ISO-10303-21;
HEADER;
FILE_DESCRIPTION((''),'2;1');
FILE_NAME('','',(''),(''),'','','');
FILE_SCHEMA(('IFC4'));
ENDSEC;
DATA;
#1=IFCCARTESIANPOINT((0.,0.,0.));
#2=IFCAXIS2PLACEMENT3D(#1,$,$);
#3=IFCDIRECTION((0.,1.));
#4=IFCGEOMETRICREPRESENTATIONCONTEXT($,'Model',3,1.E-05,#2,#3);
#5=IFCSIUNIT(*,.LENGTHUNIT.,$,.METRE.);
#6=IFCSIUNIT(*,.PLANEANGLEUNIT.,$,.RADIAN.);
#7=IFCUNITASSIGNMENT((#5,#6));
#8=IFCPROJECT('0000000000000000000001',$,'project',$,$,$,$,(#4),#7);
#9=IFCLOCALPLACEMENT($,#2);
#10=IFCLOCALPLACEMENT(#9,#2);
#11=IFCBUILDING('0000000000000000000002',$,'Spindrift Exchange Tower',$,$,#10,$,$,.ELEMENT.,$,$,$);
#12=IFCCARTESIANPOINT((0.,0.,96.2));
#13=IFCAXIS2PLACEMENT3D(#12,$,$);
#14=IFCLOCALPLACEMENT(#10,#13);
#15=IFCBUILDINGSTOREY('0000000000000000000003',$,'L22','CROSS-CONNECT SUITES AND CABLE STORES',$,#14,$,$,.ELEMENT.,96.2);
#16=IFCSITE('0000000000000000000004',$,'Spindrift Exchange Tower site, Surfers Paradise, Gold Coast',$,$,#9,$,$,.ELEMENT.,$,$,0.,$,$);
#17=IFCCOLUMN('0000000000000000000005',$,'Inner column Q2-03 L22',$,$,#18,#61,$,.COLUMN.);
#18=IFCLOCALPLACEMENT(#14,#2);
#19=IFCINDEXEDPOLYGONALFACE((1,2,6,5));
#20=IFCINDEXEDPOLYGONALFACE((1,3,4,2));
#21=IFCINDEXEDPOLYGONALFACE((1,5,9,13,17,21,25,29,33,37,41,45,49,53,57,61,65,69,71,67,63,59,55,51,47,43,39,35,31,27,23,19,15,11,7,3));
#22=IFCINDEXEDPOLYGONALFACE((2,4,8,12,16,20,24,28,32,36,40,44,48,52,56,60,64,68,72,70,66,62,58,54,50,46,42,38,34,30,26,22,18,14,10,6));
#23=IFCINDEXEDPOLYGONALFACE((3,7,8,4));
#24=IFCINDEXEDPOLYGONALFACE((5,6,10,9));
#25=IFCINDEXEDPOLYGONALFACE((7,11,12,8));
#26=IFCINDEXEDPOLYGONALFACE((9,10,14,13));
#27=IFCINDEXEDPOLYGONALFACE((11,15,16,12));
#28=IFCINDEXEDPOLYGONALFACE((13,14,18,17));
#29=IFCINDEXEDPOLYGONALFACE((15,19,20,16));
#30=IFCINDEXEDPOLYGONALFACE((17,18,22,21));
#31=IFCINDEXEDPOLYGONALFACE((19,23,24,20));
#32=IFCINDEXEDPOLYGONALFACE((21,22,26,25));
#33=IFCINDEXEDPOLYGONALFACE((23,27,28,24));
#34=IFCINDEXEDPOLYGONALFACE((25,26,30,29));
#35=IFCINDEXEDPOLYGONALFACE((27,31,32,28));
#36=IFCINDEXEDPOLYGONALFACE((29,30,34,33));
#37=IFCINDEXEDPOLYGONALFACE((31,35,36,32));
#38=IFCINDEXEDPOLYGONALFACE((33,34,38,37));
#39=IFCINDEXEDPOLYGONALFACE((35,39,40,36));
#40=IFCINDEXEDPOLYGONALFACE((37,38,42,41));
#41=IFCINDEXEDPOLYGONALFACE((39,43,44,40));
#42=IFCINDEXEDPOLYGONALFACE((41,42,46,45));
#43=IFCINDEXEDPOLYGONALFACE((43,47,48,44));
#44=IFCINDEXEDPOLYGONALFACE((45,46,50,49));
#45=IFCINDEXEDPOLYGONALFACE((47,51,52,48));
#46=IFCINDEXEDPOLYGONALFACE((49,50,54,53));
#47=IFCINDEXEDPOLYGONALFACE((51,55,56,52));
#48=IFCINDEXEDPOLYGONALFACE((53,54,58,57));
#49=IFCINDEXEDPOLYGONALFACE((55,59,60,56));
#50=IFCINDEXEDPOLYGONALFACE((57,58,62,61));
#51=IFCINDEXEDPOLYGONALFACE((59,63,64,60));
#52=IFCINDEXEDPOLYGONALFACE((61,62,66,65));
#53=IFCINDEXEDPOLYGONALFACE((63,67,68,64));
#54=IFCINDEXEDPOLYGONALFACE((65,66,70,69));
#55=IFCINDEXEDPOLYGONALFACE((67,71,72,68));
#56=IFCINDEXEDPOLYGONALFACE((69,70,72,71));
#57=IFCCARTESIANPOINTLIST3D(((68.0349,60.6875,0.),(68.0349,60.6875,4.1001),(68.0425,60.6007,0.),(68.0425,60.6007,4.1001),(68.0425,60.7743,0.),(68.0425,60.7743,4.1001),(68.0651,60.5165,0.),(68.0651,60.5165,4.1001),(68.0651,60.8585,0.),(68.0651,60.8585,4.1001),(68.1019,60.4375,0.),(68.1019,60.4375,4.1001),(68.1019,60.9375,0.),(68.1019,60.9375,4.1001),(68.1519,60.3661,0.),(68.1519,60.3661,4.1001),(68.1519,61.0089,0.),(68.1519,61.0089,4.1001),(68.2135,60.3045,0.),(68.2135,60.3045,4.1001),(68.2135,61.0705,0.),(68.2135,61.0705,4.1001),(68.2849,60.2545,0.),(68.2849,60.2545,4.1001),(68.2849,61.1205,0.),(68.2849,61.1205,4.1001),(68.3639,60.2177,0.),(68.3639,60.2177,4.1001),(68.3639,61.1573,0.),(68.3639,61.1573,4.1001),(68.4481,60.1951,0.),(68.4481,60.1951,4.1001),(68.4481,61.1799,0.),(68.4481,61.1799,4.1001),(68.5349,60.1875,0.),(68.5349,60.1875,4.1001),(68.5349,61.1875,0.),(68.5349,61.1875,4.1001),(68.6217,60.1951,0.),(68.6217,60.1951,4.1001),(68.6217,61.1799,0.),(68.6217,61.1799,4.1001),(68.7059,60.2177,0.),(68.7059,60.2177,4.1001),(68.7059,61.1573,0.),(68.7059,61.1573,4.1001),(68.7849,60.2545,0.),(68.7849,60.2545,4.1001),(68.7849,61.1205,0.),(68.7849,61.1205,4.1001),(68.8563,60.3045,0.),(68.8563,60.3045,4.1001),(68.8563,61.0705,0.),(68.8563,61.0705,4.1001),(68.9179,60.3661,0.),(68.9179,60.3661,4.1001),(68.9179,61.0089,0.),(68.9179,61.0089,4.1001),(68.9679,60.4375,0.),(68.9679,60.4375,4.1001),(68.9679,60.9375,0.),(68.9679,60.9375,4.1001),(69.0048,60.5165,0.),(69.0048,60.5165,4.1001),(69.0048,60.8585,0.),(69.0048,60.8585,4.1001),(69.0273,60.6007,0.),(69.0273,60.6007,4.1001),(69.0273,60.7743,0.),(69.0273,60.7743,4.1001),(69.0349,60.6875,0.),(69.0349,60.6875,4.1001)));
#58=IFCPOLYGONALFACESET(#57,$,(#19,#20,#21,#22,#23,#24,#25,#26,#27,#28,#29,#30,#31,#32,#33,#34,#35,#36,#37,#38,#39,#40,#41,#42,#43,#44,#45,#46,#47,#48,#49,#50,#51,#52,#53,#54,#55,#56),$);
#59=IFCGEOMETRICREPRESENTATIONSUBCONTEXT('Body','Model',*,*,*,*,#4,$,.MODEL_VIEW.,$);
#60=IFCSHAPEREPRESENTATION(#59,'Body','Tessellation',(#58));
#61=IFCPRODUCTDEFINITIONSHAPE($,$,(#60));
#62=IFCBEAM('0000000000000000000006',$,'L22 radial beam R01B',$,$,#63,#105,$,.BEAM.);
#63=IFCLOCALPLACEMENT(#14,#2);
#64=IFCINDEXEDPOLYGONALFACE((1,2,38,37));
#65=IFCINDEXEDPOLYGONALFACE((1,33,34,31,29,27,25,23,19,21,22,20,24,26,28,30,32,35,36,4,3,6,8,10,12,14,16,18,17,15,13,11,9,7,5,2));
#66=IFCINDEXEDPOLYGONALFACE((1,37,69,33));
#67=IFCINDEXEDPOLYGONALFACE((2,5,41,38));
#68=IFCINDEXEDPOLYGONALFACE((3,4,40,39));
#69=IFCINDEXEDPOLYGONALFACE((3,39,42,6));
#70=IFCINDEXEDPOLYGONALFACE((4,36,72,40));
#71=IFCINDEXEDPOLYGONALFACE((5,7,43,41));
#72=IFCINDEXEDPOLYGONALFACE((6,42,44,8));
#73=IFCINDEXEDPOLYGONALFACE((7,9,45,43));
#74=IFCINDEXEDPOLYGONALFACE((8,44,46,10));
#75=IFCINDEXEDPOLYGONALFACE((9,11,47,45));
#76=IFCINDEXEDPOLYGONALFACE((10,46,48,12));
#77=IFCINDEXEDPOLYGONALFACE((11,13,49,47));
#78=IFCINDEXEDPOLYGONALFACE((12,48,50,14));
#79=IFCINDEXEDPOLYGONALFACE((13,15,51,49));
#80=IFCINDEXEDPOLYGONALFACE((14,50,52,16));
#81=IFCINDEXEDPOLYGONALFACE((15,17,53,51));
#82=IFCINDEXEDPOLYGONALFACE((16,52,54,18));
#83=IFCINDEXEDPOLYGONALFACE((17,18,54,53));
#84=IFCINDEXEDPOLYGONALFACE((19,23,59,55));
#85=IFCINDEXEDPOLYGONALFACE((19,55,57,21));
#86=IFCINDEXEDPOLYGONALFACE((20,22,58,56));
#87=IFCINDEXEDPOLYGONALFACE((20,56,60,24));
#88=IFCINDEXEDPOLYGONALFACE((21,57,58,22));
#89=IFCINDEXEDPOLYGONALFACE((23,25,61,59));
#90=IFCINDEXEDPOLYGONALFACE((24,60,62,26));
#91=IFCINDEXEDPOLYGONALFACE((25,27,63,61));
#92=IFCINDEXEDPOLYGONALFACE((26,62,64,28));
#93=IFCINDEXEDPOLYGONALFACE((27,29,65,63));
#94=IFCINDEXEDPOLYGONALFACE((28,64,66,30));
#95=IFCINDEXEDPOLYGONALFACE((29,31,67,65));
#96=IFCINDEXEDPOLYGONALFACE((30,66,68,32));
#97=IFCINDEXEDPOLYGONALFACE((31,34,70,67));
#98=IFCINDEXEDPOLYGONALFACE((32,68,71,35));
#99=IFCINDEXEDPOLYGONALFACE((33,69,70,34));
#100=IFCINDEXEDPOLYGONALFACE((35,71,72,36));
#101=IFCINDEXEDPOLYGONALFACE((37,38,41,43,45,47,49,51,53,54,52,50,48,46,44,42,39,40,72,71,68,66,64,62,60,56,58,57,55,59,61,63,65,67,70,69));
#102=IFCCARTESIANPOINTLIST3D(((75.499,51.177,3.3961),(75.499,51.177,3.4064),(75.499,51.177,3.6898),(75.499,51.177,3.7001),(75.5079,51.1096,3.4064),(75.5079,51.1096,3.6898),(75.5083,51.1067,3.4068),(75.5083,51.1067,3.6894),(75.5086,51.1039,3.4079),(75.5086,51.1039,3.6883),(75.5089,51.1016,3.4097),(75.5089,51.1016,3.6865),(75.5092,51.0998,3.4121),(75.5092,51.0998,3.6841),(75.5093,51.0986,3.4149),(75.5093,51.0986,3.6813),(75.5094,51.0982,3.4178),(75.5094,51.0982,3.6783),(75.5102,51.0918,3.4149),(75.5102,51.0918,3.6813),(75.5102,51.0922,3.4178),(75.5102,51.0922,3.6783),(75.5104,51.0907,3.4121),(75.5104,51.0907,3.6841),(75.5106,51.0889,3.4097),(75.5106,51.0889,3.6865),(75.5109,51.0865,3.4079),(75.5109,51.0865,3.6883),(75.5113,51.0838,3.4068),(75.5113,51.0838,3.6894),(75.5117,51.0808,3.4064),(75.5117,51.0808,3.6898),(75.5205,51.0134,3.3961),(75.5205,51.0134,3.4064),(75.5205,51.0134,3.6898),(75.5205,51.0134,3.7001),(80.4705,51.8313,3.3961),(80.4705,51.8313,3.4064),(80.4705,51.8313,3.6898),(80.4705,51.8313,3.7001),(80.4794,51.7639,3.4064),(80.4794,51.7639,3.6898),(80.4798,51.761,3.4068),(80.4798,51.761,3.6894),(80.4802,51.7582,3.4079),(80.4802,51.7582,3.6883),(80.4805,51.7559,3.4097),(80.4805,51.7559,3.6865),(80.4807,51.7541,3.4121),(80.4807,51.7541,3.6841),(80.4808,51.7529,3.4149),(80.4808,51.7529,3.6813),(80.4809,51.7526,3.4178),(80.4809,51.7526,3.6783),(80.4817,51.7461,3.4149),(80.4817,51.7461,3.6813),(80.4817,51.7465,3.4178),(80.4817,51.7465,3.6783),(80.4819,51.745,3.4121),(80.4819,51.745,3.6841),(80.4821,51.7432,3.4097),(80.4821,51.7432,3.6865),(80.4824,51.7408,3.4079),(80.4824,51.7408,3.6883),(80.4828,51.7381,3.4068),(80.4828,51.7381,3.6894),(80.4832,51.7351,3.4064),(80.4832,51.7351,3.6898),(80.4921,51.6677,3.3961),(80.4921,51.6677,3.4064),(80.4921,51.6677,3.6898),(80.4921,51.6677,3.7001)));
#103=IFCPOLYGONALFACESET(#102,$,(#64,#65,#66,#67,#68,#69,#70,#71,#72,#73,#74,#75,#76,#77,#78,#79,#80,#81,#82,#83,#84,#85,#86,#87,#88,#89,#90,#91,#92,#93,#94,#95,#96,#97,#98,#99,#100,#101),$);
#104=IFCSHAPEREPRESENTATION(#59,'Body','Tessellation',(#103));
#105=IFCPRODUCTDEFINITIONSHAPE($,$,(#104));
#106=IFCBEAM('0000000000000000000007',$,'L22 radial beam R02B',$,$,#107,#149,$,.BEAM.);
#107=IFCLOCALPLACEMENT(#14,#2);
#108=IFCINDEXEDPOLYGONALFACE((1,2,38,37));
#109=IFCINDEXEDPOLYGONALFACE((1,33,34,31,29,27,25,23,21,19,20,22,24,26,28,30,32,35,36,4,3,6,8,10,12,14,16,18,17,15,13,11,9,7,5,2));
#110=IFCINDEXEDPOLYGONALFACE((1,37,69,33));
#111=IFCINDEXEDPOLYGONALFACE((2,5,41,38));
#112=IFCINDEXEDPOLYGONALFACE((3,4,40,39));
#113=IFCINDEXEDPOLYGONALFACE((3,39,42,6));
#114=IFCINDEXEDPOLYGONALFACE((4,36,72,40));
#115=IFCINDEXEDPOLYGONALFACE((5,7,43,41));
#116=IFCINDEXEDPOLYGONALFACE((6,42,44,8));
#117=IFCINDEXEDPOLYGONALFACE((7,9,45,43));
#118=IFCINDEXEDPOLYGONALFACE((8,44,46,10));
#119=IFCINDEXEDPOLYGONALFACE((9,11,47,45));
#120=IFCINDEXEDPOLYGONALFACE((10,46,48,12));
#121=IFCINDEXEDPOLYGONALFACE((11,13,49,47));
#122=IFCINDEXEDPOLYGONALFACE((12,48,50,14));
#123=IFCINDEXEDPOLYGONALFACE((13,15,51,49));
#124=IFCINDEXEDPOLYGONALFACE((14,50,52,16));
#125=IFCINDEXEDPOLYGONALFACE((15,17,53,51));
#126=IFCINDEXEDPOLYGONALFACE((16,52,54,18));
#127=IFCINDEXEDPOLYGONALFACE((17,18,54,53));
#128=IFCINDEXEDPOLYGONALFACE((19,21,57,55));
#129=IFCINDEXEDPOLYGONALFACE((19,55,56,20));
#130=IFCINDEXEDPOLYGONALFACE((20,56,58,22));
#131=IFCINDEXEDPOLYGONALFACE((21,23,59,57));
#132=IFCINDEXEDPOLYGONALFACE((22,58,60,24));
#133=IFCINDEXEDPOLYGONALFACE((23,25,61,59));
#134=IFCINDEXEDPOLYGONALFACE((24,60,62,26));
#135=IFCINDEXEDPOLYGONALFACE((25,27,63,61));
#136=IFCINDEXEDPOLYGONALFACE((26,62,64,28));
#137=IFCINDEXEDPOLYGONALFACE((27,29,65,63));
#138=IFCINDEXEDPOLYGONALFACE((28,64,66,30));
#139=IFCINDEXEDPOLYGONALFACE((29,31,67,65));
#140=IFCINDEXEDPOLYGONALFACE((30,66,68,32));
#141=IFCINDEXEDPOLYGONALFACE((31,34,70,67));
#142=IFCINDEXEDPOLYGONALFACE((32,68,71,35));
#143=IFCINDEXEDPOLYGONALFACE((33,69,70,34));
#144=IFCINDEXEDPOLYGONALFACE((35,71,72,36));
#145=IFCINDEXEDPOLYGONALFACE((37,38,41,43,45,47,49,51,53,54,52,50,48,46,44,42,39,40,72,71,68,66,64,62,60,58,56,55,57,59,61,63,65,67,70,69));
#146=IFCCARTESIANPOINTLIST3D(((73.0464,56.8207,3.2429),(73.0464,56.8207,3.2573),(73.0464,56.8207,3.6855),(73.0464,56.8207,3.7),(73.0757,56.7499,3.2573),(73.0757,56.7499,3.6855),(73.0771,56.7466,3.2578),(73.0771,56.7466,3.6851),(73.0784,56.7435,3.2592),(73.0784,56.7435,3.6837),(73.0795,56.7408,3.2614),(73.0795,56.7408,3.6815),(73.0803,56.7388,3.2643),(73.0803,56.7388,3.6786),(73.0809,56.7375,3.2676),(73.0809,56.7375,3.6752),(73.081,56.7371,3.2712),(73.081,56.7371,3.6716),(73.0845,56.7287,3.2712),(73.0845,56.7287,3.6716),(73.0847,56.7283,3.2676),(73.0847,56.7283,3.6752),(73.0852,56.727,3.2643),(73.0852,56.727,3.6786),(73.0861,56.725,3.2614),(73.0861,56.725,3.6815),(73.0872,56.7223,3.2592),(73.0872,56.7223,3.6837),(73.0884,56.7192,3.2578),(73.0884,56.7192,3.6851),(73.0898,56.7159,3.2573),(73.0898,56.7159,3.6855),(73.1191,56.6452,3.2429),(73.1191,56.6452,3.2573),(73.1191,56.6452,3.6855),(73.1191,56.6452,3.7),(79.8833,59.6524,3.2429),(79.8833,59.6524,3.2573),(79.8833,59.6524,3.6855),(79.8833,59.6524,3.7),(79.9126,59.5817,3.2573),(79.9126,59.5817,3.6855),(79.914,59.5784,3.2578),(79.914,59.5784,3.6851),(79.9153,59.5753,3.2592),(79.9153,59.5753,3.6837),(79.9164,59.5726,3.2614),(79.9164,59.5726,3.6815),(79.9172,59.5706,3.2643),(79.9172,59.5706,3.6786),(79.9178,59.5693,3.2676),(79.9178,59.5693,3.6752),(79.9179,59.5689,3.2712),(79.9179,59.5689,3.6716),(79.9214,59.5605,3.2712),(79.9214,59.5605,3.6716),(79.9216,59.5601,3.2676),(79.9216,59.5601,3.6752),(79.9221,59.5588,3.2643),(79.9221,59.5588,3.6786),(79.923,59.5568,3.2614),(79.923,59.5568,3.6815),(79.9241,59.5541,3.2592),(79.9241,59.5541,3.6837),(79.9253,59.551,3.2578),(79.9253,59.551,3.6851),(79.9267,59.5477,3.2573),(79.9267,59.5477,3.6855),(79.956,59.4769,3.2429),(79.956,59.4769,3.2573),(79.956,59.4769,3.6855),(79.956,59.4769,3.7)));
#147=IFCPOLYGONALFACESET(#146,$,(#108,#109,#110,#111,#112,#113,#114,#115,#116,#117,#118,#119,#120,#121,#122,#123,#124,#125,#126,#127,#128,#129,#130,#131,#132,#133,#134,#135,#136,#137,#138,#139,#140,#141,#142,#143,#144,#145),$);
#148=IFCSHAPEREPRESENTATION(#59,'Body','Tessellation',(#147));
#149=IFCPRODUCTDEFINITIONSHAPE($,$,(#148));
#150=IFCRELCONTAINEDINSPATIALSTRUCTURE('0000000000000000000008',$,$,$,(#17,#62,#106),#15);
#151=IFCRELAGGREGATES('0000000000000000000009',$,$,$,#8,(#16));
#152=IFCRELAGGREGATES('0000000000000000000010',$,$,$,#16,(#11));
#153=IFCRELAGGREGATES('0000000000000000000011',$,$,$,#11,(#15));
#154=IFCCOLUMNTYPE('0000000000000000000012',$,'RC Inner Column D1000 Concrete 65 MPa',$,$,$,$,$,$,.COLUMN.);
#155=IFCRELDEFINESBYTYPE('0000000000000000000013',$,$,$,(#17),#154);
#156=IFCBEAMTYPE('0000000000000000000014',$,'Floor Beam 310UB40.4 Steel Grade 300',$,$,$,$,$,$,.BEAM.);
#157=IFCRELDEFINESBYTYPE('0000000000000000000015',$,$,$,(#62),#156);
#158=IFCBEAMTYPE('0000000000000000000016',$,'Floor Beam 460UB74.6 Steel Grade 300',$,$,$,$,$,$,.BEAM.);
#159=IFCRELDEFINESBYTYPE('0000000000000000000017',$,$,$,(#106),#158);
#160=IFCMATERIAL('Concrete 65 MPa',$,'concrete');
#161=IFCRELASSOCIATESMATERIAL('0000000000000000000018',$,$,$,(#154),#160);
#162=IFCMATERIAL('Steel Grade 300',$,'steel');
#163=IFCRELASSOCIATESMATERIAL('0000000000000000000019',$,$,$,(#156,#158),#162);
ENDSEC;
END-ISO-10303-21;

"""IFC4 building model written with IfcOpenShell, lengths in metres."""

from ifc_helpers import new_model, si_unit, direction, frame, origin, origin_2d, place, context, subcontext, project, spatial, circle, i_section, extrude, source, transform, mapped, material, material_profile, profile_set, type_object, element, save


model = new_model("IFC4")

# Units and contexts
model_context = context("Model", 3, precision=1e-05, world=origin(), true_north=direction((0.0, 1.0)))
body_context = subcontext(model_context, "Body", "Model", "MODEL_VIEW")
ifc_project = project(units=[si_unit("LENGTHUNIT", "METRE"), si_unit("PLANEANGLEUNIT", "RADIAN")], contexts=[model_context])

# Site, building, storey
site_placement = place(None, origin())
site = spatial("IfcSite", under=ifc_project, at=site_placement, Name="Spindrift Exchange Tower site, Surfers Paradise, Gold Coast", CompositionType="ELEMENT", RefElevation=0.0)
building_placement = place(site_placement, origin())
building = spatial("IfcBuilding", under=site, at=building_placement, Name="Spindrift Exchange Tower", CompositionType="ELEMENT")
storey_placement = place(building_placement, frame((0.0, 0.0, 96.2)))
storey = spatial("IfcBuildingStorey", under=building, at=storey_placement, Name="L22", Description="CROSS-CONNECT SUITES AND CABLE STORES", CompositionType="ELEMENT", Elevation=96.2)

# Column
ifc_material_1 = material(Name="Concrete 65 MPa", Category="concrete")
ifc_material_profile_1 = material_profile(ifc_material_1, circle(Radius=0.5, at=origin_2d()), Name="RC D1000")
ifc_profile_set_1 = profile_set([ifc_material_profile_1], Name="Concrete 65 MPa")
column_type_1 = type_object("IfcColumnType", Name="RC Inner Column D1000 Concrete 65 MPa", PredefinedType="COLUMN", material=ifc_profile_set_1)
shared_shape_1 = source(origin(), body_context, "Body", "SweptSolid", [
    extrude(circle(Radius=0.5, at=origin_2d()), origin(), (0.0, 0.0, 1.0), 4.1001),
])
for number, where, z_axis, x_axis, name in (
    (1, (68.5349, 60.6875, 0.0), (0.0, 0.0, 1.0), (1.0, 0.0, 0.0), "Inner column Q2-03 L22"),
):
    element("IfcColumn", number, at=place(storey_placement, frame(where, z_axis=z_axis, x_axis=x_axis)), inside=storey, type_object=column_type_1, Name=name, PredefinedType="COLUMN", context=body_context, shape_type="MappedRepresentation", body=[
        mapped(shared_shape_1, transform((0.0, 0.0, 0.0), scale=1.0)),
    ])

# Beams
ifc_material_2 = material(Name="Steel Grade 300", Category="steel")
ifc_material_profile_2 = material_profile(ifc_material_2, i_section(OverallWidth=0.165, OverallDepth=0.304, WebThickness=0.0061, FlangeThickness=0.0103, FilletRadius=0.0115, at=origin_2d()), Name="310UB40.4")
ifc_profile_set_2 = profile_set([ifc_material_profile_2], Name="Steel Grade 300")
beam_type_1 = type_object("IfcBeamType", Name="Floor Beam 310UB40.4 Steel Grade 300", PredefinedType="BEAM", material=ifc_profile_set_2)
shared_shape_2 = source(origin(), body_context, "Body", "SweptSolid", [
    extrude(i_section(OverallWidth=0.165, OverallDepth=0.304, WebThickness=0.0061, FlangeThickness=0.0103, FilletRadius=0.0115, at=origin_2d()), origin(), (0.0, 0.0, 1.0), 5.0144),
])
beam_1_placement = place(storey_placement, frame((75.5098, 51.0952, 3.5481), z_axis=(0.99145, 0.130486, 0.0), x_axis=(-0.130486, 0.99145, 0.0)))
element("IfcBeam", 2, at=beam_1_placement, inside=storey, type_object=beam_type_1, Name="L22 radial beam R01B", PredefinedType="BEAM", context=body_context, shape_type="MappedRepresentation", body=[
    mapped(shared_shape_2, transform((0.0, 0.0, 0.0), scale=1.0)),
])
ifc_material_profile_3 = material_profile(ifc_material_2, i_section(OverallWidth=0.1899, OverallDepth=0.457, WebThickness=0.009, FlangeThickness=0.0144, FilletRadius=0.0139, at=origin_2d()), Name="460UB74.6")
ifc_profile_set_3 = profile_set([ifc_material_profile_3], Name="Steel Grade 300")
beam_type_2 = type_object("IfcBeamType", Name="Floor Beam 460UB74.6 Steel Grade 300", PredefinedType="BEAM", material=ifc_profile_set_3)
shared_shape_3 = source(origin(), body_context, "Body", "SweptSolid", [
    extrude(i_section(OverallWidth=0.1899, OverallDepth=0.457, WebThickness=0.009, FlangeThickness=0.0144, FilletRadius=0.0139, at=origin_2d()), origin(), (0.0, 0.0, 1.0), 7.4001),
])
beam_2_placement = place(storey_placement, frame((73.0828, 56.7329, 3.4714), z_axis=(0.923887, 0.382666, 0.0), x_axis=(-0.382666, 0.923887, 0.0)))
element("IfcBeam", 3, at=beam_2_placement, inside=storey, type_object=beam_type_2, Name="L22 radial beam R02B", PredefinedType="BEAM", context=body_context, shape_type="MappedRepresentation", body=[
    mapped(shared_shape_3, transform((0.0, 0.0, 0.0), scale=1.0)),
])

save(model, "model.ifc")
